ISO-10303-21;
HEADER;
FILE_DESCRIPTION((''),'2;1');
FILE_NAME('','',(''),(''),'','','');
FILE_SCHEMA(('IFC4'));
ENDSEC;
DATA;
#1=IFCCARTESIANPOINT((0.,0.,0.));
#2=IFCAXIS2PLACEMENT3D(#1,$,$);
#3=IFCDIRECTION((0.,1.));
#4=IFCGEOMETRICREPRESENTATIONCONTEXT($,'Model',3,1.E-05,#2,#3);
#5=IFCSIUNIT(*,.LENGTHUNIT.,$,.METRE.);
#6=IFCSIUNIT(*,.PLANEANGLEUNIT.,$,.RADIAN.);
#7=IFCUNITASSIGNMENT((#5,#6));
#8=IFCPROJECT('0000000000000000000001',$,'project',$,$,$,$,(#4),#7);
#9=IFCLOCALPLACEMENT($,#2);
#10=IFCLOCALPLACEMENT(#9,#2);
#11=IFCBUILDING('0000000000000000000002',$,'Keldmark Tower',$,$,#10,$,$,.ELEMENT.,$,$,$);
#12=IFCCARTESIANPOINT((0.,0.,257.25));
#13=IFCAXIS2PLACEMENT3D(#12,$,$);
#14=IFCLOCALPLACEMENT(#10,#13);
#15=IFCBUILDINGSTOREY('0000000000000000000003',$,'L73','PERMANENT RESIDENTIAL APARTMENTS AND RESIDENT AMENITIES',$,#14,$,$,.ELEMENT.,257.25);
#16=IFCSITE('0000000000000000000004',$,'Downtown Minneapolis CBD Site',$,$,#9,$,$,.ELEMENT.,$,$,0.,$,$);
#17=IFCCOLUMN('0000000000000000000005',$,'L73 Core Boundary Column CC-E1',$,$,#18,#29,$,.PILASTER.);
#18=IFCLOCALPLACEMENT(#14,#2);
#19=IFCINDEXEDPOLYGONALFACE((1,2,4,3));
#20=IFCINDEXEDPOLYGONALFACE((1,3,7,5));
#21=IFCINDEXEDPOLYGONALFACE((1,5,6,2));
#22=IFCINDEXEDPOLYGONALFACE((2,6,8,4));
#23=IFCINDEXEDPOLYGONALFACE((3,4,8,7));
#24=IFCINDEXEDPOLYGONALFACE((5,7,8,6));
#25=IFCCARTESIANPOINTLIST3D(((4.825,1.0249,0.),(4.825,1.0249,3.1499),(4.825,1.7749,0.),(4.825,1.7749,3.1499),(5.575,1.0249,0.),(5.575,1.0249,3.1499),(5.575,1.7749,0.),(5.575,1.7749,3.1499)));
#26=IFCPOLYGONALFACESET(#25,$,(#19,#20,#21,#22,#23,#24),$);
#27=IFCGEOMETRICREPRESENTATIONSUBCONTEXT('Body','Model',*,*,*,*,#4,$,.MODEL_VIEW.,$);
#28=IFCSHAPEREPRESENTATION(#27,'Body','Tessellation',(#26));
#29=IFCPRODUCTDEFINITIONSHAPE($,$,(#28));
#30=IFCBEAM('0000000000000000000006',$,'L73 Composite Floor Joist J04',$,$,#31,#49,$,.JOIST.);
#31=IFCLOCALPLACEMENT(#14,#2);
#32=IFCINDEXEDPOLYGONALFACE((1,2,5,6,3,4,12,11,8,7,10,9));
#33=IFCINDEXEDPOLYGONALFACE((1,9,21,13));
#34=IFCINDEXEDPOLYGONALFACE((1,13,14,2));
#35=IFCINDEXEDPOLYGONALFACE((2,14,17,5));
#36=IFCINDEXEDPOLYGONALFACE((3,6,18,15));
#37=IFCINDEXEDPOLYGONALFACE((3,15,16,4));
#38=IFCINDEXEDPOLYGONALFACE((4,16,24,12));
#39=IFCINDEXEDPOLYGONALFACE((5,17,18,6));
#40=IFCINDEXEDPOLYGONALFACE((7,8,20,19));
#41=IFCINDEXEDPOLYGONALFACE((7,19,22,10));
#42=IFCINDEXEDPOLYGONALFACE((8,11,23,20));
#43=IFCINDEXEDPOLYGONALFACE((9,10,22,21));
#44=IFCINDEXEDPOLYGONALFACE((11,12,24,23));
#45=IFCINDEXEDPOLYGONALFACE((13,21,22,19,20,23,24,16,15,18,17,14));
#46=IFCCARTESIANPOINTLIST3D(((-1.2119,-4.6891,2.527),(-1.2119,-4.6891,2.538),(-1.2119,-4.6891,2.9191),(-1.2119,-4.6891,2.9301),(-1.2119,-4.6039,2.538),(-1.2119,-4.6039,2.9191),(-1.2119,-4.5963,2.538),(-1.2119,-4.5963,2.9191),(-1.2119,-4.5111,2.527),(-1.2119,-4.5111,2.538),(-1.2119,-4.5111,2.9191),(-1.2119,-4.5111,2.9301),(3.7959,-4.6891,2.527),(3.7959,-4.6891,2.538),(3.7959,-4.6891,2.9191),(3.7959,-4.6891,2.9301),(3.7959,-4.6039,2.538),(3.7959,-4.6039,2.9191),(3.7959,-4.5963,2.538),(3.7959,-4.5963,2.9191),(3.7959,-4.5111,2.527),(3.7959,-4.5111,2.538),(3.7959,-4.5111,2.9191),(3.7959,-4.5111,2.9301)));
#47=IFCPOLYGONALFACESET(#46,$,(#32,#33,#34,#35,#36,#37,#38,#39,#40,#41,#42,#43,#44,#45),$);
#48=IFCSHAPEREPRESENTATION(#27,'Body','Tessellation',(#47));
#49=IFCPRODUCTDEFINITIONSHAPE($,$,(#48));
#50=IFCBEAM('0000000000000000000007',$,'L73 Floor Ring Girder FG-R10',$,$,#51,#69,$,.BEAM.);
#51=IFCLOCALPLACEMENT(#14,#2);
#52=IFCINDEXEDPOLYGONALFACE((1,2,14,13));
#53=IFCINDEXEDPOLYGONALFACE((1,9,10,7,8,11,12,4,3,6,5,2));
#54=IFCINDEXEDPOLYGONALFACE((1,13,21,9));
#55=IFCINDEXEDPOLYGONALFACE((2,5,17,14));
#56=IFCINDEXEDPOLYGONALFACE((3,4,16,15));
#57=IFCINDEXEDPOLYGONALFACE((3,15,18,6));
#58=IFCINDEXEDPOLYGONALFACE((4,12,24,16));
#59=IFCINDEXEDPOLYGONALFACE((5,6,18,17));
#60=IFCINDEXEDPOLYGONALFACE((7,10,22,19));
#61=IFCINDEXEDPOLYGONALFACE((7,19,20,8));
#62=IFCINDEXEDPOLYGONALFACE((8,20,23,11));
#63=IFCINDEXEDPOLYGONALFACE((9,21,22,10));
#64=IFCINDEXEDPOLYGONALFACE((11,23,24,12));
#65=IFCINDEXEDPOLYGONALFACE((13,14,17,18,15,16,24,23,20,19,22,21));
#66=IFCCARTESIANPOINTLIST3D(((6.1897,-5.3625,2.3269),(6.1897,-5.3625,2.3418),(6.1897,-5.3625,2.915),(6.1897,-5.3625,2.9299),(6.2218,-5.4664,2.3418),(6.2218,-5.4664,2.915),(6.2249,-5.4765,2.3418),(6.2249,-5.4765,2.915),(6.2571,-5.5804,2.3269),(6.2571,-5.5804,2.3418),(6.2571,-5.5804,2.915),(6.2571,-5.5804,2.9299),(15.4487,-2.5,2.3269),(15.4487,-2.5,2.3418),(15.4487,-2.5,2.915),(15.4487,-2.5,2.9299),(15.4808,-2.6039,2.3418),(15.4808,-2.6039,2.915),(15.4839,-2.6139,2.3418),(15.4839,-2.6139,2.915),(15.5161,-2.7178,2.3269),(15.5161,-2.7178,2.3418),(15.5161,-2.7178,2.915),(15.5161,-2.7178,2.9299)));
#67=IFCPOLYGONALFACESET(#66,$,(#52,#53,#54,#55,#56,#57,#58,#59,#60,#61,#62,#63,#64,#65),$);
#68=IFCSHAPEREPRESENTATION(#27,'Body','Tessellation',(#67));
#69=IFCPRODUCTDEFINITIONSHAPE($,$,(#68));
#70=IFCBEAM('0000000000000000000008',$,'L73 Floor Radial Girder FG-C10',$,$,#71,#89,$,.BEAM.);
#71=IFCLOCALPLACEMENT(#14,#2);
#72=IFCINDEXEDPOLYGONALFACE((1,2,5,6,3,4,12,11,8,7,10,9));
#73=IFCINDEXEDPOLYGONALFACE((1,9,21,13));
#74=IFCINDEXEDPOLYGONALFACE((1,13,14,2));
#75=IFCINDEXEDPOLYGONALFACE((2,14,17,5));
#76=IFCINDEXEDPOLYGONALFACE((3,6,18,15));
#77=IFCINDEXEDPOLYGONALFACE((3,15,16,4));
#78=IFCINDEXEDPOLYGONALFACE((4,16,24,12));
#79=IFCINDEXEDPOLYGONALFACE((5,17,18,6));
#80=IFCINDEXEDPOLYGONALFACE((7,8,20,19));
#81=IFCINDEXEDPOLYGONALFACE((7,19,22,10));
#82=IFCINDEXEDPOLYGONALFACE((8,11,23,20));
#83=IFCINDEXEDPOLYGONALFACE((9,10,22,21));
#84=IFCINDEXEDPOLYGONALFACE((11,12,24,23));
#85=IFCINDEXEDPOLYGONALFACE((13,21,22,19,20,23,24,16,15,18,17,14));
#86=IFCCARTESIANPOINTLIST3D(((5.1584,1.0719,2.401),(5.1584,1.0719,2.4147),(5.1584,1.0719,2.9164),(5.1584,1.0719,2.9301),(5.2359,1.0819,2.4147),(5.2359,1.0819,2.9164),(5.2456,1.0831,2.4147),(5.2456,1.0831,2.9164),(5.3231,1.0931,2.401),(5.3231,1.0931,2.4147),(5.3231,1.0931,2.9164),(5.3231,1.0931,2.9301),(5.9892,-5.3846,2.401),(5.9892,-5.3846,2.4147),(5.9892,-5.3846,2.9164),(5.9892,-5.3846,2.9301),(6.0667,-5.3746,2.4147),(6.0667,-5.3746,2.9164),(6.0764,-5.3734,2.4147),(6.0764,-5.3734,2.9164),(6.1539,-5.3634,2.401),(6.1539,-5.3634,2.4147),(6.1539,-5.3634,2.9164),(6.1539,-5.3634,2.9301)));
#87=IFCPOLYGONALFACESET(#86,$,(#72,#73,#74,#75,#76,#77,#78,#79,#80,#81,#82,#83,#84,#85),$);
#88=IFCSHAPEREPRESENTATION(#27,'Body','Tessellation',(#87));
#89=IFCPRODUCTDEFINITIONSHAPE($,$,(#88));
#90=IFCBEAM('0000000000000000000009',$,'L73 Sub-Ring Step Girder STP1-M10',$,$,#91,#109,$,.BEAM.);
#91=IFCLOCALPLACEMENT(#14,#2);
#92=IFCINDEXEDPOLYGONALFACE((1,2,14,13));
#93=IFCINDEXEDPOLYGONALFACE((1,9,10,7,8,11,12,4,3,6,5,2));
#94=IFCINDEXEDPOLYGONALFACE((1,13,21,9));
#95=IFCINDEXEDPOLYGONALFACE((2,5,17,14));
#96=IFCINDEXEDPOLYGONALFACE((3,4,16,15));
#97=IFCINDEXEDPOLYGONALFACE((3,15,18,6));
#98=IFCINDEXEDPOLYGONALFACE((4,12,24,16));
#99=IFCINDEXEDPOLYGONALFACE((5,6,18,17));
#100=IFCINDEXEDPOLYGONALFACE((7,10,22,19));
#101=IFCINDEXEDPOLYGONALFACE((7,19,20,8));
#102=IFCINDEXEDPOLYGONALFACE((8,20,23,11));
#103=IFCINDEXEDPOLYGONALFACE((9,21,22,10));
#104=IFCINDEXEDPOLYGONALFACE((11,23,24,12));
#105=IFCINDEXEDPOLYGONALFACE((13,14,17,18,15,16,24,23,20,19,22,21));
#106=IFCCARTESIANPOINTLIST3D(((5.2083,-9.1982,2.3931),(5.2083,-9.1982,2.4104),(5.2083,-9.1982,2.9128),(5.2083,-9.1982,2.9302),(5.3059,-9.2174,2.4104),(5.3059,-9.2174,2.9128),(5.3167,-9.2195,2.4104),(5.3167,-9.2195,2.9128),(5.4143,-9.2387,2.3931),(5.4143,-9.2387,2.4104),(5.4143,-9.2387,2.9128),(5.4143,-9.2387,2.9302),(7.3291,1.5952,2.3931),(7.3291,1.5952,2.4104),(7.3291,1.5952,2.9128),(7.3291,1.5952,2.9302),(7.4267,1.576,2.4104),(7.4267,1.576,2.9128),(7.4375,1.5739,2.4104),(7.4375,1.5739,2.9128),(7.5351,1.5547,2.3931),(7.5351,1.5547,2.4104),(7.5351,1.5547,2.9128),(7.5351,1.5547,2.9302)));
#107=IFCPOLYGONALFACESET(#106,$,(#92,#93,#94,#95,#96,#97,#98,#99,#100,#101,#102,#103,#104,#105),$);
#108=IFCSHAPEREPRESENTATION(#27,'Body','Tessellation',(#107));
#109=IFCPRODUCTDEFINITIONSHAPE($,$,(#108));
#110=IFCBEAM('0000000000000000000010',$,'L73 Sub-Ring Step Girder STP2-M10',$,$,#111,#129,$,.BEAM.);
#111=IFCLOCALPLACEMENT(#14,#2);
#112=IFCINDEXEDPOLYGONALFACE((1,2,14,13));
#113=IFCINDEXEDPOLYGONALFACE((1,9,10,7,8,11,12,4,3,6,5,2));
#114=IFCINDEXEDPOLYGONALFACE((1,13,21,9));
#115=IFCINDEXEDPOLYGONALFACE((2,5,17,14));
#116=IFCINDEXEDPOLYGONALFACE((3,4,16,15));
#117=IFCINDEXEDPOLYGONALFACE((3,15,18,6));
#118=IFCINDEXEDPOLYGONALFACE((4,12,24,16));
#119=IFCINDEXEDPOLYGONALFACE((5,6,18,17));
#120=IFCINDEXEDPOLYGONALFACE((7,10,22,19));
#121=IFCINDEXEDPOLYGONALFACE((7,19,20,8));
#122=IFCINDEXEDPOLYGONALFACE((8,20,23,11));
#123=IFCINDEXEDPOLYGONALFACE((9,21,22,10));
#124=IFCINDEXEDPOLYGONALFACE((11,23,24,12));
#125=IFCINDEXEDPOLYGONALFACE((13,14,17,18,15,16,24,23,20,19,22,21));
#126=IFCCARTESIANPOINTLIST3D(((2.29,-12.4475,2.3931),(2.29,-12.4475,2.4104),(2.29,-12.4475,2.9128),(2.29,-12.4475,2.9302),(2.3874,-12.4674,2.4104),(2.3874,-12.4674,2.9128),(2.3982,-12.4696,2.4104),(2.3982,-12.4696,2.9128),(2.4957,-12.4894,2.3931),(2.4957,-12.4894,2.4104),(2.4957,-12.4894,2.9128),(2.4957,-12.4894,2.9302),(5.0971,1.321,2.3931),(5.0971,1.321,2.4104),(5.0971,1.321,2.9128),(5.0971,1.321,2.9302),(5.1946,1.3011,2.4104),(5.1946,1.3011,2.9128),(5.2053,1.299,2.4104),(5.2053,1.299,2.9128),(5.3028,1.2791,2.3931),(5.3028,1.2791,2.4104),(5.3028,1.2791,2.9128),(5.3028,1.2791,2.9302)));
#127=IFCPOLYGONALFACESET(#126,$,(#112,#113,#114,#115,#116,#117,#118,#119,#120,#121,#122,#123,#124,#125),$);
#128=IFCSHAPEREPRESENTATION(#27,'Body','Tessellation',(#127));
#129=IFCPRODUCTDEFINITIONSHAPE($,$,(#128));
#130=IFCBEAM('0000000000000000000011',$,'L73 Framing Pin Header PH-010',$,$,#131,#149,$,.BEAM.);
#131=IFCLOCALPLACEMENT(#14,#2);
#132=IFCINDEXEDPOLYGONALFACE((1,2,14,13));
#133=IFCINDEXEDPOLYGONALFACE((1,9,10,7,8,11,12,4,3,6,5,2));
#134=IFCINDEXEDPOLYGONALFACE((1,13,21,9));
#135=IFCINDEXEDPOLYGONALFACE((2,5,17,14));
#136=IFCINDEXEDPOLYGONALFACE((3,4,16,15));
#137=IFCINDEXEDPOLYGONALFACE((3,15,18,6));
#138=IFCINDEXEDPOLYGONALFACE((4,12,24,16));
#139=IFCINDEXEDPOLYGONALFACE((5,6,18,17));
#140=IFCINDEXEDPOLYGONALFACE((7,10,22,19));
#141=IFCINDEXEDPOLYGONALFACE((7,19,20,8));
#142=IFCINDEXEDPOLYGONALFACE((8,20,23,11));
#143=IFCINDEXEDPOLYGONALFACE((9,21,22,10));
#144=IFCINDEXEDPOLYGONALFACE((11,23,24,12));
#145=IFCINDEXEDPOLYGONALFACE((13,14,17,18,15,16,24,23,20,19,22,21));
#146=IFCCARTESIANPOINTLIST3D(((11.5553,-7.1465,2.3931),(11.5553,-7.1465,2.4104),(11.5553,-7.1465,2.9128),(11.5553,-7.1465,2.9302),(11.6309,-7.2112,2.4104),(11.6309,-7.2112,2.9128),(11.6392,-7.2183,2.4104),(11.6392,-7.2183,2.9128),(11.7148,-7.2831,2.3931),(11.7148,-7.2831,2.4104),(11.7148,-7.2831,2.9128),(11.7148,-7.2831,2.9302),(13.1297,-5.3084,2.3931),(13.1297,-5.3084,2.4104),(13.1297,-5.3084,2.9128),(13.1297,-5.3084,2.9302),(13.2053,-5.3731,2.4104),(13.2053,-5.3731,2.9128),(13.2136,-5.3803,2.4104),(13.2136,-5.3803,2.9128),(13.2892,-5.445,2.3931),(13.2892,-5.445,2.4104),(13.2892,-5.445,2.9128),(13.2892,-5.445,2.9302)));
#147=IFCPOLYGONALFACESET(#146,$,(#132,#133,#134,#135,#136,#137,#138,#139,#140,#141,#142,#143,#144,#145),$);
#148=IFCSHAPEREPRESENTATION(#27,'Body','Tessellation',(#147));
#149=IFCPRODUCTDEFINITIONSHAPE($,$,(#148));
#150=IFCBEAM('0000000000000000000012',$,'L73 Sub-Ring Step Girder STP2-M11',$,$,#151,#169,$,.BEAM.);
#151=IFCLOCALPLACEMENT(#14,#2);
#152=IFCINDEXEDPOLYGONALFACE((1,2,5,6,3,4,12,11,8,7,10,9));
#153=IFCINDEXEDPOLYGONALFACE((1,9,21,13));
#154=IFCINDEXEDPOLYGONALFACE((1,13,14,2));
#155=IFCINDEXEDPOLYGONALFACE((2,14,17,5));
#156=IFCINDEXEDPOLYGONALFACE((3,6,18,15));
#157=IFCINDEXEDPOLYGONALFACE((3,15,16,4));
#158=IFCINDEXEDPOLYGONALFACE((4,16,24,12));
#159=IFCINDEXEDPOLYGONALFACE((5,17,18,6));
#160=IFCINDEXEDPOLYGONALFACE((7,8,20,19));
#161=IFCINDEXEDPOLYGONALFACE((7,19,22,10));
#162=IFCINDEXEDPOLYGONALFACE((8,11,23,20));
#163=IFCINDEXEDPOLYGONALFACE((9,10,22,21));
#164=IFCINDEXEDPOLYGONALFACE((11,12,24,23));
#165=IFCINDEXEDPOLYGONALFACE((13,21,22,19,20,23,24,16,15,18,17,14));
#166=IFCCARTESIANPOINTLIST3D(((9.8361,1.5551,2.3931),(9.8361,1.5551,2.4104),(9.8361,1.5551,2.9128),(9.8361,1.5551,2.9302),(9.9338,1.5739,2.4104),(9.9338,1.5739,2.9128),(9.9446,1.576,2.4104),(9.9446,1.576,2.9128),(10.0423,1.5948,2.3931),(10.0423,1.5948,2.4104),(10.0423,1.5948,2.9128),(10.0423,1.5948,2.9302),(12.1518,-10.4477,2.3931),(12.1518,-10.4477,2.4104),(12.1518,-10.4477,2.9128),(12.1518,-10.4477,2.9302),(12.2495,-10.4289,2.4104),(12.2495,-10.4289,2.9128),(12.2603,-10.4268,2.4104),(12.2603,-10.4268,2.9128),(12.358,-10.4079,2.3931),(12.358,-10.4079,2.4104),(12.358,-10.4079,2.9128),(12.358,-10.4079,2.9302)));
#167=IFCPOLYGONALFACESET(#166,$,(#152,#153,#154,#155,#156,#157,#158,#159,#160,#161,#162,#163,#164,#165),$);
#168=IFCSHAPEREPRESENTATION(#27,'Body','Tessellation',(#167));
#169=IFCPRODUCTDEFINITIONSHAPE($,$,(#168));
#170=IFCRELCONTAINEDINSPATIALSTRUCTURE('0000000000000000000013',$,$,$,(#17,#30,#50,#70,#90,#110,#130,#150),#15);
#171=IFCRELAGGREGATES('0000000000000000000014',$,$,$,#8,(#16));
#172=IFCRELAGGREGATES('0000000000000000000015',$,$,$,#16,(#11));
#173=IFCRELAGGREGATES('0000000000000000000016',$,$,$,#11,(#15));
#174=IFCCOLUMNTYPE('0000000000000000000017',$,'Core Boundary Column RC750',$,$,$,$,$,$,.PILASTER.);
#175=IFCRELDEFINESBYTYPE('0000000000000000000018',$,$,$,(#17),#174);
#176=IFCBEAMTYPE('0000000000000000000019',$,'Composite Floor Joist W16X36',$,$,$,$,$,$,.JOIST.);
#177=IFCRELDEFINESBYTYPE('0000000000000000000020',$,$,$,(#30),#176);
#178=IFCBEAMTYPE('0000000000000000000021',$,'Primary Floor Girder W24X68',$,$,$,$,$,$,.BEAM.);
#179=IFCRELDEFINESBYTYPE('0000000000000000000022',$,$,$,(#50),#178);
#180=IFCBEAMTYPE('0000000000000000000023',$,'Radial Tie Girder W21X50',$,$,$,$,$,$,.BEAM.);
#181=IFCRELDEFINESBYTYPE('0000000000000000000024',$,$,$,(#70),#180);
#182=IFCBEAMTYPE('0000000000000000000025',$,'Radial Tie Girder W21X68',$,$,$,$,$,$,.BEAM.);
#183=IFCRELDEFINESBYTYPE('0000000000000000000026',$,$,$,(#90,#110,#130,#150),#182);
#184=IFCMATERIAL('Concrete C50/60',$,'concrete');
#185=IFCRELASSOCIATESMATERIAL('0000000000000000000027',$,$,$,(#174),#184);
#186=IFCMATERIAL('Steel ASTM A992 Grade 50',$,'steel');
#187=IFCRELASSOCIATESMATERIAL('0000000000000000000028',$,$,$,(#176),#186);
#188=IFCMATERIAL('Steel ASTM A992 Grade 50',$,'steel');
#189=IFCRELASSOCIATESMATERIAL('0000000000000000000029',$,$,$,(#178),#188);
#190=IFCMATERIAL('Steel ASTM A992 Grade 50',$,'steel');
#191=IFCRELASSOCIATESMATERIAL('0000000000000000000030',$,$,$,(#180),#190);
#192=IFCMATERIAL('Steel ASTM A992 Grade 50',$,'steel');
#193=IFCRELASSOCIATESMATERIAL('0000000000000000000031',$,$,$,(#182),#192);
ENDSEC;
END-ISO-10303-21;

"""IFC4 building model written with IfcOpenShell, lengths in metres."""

from ifc_helpers import new_model, si_unit, direction, frame, origin, origin_2d, place, context, subcontext, project, spatial, rectangle, i_section, extrude, material, material_profile, profile_set, type_object, element, save


model = new_model("IFC4")

# Units and contexts
model_context = context("Model", 3, precision=1e-05, world=origin(), true_north=direction((0.0, 1.0)))
body_context = subcontext(model_context, "Body", "Model", "MODEL_VIEW")
ifc_project = project(units=[si_unit("LENGTHUNIT", "METRE"), si_unit("PLANEANGLEUNIT", "RADIAN")], contexts=[model_context])

# Site, building, storey
site_placement = place(None, origin())
site = spatial("IfcSite", under=ifc_project, at=site_placement, Name="Downtown Minneapolis CBD Site", CompositionType="ELEMENT", RefElevation=0.0)
building_placement = place(site_placement, origin())
building = spatial("IfcBuilding", under=site, at=building_placement, Name="Keldmark Tower", CompositionType="ELEMENT")
storey_placement = place(building_placement, frame((0.0, 0.0, 257.25)))
storey = spatial("IfcBuildingStorey", under=building, at=storey_placement, Name="L73", Description="PERMANENT RESIDENTIAL APARTMENTS AND RESIDENT AMENITIES", CompositionType="ELEMENT", Elevation=257.25)

# Column
ifc_material_1 = material(Name="Concrete C50/60", Category="concrete")
ifc_material_profile_1 = material_profile(ifc_material_1, rectangle(XDim=0.75, YDim=0.75, at=origin_2d()), Name="RC750X750")
ifc_profile_set_1 = profile_set([ifc_material_profile_1], Name="Concrete C50/60")
column_type = type_object("IfcColumnType", Name="Core Boundary Column RC750", PredefinedType="PILASTER", material=ifc_profile_set_1)
column_placement = place(storey_placement, frame((5.2, 1.3999, 0.0), z_axis=(0.0, 0.0, 1.0), x_axis=(1.0, 0.0, 0.0)))
element("IfcColumn", 1, at=column_placement, inside=storey, type_object=column_type, Name="L73 Core Boundary Column CC-E1", PredefinedType="PILASTER", context=body_context, shape_type="SweptSolid", body=[
    extrude(rectangle(XDim=0.75, YDim=0.75, at=origin_2d()), origin(), (0.0, 0.0, 1.0), 3.1499),
])

# Beams
ifc_material_2 = material(Name="Steel ASTM A992 Grade 50", Category="steel")
ifc_material_profile_2 = material_profile(ifc_material_2, i_section(OverallWidth=0.178, OverallDepth=0.4031, WebThickness=0.0076, FlangeThickness=0.011, at=origin_2d()), Name="W16X36")
ifc_profile_set_2 = profile_set([ifc_material_profile_2], Name="Steel ASTM A992 Grade 50")
beam_type_1 = type_object("IfcBeamType", Name="Composite Floor Joist W16X36", PredefinedType="JOIST", material=ifc_profile_set_2)
beam_1_placement = place(storey_placement, frame((-1.2119, -4.6001, 2.7285), z_axis=(1.0, 0.0, 0.0), x_axis=(0.0, 1.0, 0.0)))
element("IfcBeam", 2, at=beam_1_placement, inside=storey, type_object=beam_type_1, Name="L73 Composite Floor Joist J04", PredefinedType="JOIST", context=body_context, shape_type="SweptSolid", body=[
    extrude(i_section(OverallWidth=0.178, OverallDepth=0.4031, WebThickness=0.0076, FlangeThickness=0.011, at=origin_2d()), origin(), (0.0, 0.0, 1.0), 5.0078),
])
ifc_material_3 = material(Name="Steel ASTM A992 Grade 50", Category="steel")
ifc_material_profile_3 = material_profile(ifc_material_3, i_section(OverallWidth=0.228, OverallDepth=0.603, WebThickness=0.0105, FlangeThickness=0.0149, at=origin_2d()), Name="W24X68")
ifc_profile_set_3 = profile_set([ifc_material_profile_3], Name="Steel ASTM A992 Grade 50")
beam_type_2 = type_object("IfcBeamType", Name="Primary Floor Girder W24X68", PredefinedType="BEAM", material=ifc_profile_set_3)
beam_2_placement = place(storey_placement, frame((6.2234, -5.4714, 2.6284), z_axis=(0.955383, 0.295369, 0.0), x_axis=(-0.295369, 0.955383, 0.0)))
element("IfcBeam", 3, at=beam_2_placement, inside=storey, type_object=beam_type_2, Name="L73 Floor Ring Girder FG-R10", PredefinedType="BEAM", context=body_context, shape_type="SweptSolid", body=[
    extrude(i_section(OverallWidth=0.228, OverallDepth=0.603, WebThickness=0.0105, FlangeThickness=0.0149, at=origin_2d()), origin(), (0.0, 0.0, 1.0), 9.6914),
])
ifc_material_4 = material(Name="Steel ASTM A992 Grade 50", Category="steel")
ifc_material_profile_4 = material_profile(ifc_material_4, i_section(OverallWidth=0.166, OverallDepth=0.5291, WebThickness=0.0098, FlangeThickness=0.0137, at=origin_2d()), Name="W21X50")
ifc_profile_set_4 = profile_set([ifc_material_profile_4], Name="Steel ASTM A992 Grade 50")
beam_type_3 = type_object("IfcBeamType", Name="Radial Tie Girder W21X50", PredefinedType="BEAM", material=ifc_profile_set_4)
beam_3_placement = place(storey_placement, frame((6.0715, -5.374, 2.6655), z_axis=(-0.127625, 0.991822, 0.0), x_axis=(-0.991822, -0.127625, 0.0)))
element("IfcBeam", 4, at=beam_3_placement, inside=storey, type_object=beam_type_3, Name="L73 Floor Radial Girder FG-C10", PredefinedType="BEAM", context=body_context, shape_type="SweptSolid", body=[
    extrude(i_section(OverallWidth=0.166, OverallDepth=0.5291, WebThickness=0.0098, FlangeThickness=0.0137, at=origin_2d()), origin(), (0.0, 0.0, 1.0), 6.5098),
])
ifc_material_5 = material(Name="Steel ASTM A992 Grade 50", Category="steel")
ifc_material_profile_5 = material_profile(ifc_material_5, i_section(OverallWidth=0.21, OverallDepth=0.5371, WebThickness=0.011, FlangeThickness=0.0173, at=origin_2d()), Name="W21X68")
ifc_profile_set_5 = profile_set([ifc_material_profile_5], Name="Steel ASTM A992 Grade 50")
beam_type_4 = type_object("IfcBeamType", Name="Radial Tie Girder W21X68", PredefinedType="BEAM", material=ifc_profile_set_5)
beam_4_placement = place(storey_placement, frame((7.4321, 1.575, 2.6616), z_axis=(-0.192807, -0.981237, 0.0), x_axis=(0.981237, -0.192807, 0.0)))
element("IfcBeam", 5, at=beam_4_placement, inside=storey, type_object=beam_type_4, Name="L73 Sub-Ring Step Girder STP1-M10", PredefinedType="BEAM", context=body_context, shape_type="SweptSolid", body=[
    extrude(i_section(OverallWidth=0.21, OverallDepth=0.5371, WebThickness=0.011, FlangeThickness=0.0173, at=origin_2d()), origin(), (0.0, 0.0, 1.0), 10.9998),
])
beam_5_placement = place(storey_placement, frame((5.2, 1.3, 2.6616), z_axis=(-0.19977, -0.979843, 0.0), x_axis=(0.979843, -0.19977, 0.0)))
element("IfcBeam", 6, at=beam_5_placement, inside=storey, type_object=beam_type_4, Name="L73 Sub-Ring Step Girder STP2-M10", PredefinedType="BEAM", context=body_context, shape_type="SweptSolid", body=[
    extrude(i_section(OverallWidth=0.21, OverallDepth=0.5371, WebThickness=0.011, FlangeThickness=0.0173, at=origin_2d()), origin(), (0.0, 0.0, 1.0), 14.0518),
])
beam_6_placement = place(storey_placement, frame((13.2095, -5.3767, 2.6616), z_axis=(-0.650534, -0.759477, 0.0), x_axis=(0.759477, -0.650534, 0.0)))
element("IfcBeam", 7, at=beam_6_placement, inside=storey, type_object=beam_type_4, Name="L73 Framing Pin Header PH-010", PredefinedType="BEAM", context=body_context, shape_type="SweptSolid", body=[
    extrude(i_section(OverallWidth=0.21, OverallDepth=0.5371, WebThickness=0.011, FlangeThickness=0.0173, at=origin_2d()), origin(), (0.0, 0.0, 1.0), 2.4202),
])
beam_7_placement = place(storey_placement, frame((9.9392, 1.575, 2.6616), z_axis=(0.189436, -0.981893, 0.0), x_axis=(0.981893, 0.189436, 0.0)))
element("IfcBeam", 8, at=beam_7_placement, inside=storey, type_object=beam_type_4, Name="L73 Sub-Ring Step Girder STP2-M11", PredefinedType="BEAM", context=body_context, shape_type="SweptSolid", body=[
    extrude(i_section(OverallWidth=0.21, OverallDepth=0.5371, WebThickness=0.011, FlangeThickness=0.0173, at=origin_2d()), origin(), (0.0, 0.0, 1.0), 12.2241),
])

save(model, "model.ifc")
